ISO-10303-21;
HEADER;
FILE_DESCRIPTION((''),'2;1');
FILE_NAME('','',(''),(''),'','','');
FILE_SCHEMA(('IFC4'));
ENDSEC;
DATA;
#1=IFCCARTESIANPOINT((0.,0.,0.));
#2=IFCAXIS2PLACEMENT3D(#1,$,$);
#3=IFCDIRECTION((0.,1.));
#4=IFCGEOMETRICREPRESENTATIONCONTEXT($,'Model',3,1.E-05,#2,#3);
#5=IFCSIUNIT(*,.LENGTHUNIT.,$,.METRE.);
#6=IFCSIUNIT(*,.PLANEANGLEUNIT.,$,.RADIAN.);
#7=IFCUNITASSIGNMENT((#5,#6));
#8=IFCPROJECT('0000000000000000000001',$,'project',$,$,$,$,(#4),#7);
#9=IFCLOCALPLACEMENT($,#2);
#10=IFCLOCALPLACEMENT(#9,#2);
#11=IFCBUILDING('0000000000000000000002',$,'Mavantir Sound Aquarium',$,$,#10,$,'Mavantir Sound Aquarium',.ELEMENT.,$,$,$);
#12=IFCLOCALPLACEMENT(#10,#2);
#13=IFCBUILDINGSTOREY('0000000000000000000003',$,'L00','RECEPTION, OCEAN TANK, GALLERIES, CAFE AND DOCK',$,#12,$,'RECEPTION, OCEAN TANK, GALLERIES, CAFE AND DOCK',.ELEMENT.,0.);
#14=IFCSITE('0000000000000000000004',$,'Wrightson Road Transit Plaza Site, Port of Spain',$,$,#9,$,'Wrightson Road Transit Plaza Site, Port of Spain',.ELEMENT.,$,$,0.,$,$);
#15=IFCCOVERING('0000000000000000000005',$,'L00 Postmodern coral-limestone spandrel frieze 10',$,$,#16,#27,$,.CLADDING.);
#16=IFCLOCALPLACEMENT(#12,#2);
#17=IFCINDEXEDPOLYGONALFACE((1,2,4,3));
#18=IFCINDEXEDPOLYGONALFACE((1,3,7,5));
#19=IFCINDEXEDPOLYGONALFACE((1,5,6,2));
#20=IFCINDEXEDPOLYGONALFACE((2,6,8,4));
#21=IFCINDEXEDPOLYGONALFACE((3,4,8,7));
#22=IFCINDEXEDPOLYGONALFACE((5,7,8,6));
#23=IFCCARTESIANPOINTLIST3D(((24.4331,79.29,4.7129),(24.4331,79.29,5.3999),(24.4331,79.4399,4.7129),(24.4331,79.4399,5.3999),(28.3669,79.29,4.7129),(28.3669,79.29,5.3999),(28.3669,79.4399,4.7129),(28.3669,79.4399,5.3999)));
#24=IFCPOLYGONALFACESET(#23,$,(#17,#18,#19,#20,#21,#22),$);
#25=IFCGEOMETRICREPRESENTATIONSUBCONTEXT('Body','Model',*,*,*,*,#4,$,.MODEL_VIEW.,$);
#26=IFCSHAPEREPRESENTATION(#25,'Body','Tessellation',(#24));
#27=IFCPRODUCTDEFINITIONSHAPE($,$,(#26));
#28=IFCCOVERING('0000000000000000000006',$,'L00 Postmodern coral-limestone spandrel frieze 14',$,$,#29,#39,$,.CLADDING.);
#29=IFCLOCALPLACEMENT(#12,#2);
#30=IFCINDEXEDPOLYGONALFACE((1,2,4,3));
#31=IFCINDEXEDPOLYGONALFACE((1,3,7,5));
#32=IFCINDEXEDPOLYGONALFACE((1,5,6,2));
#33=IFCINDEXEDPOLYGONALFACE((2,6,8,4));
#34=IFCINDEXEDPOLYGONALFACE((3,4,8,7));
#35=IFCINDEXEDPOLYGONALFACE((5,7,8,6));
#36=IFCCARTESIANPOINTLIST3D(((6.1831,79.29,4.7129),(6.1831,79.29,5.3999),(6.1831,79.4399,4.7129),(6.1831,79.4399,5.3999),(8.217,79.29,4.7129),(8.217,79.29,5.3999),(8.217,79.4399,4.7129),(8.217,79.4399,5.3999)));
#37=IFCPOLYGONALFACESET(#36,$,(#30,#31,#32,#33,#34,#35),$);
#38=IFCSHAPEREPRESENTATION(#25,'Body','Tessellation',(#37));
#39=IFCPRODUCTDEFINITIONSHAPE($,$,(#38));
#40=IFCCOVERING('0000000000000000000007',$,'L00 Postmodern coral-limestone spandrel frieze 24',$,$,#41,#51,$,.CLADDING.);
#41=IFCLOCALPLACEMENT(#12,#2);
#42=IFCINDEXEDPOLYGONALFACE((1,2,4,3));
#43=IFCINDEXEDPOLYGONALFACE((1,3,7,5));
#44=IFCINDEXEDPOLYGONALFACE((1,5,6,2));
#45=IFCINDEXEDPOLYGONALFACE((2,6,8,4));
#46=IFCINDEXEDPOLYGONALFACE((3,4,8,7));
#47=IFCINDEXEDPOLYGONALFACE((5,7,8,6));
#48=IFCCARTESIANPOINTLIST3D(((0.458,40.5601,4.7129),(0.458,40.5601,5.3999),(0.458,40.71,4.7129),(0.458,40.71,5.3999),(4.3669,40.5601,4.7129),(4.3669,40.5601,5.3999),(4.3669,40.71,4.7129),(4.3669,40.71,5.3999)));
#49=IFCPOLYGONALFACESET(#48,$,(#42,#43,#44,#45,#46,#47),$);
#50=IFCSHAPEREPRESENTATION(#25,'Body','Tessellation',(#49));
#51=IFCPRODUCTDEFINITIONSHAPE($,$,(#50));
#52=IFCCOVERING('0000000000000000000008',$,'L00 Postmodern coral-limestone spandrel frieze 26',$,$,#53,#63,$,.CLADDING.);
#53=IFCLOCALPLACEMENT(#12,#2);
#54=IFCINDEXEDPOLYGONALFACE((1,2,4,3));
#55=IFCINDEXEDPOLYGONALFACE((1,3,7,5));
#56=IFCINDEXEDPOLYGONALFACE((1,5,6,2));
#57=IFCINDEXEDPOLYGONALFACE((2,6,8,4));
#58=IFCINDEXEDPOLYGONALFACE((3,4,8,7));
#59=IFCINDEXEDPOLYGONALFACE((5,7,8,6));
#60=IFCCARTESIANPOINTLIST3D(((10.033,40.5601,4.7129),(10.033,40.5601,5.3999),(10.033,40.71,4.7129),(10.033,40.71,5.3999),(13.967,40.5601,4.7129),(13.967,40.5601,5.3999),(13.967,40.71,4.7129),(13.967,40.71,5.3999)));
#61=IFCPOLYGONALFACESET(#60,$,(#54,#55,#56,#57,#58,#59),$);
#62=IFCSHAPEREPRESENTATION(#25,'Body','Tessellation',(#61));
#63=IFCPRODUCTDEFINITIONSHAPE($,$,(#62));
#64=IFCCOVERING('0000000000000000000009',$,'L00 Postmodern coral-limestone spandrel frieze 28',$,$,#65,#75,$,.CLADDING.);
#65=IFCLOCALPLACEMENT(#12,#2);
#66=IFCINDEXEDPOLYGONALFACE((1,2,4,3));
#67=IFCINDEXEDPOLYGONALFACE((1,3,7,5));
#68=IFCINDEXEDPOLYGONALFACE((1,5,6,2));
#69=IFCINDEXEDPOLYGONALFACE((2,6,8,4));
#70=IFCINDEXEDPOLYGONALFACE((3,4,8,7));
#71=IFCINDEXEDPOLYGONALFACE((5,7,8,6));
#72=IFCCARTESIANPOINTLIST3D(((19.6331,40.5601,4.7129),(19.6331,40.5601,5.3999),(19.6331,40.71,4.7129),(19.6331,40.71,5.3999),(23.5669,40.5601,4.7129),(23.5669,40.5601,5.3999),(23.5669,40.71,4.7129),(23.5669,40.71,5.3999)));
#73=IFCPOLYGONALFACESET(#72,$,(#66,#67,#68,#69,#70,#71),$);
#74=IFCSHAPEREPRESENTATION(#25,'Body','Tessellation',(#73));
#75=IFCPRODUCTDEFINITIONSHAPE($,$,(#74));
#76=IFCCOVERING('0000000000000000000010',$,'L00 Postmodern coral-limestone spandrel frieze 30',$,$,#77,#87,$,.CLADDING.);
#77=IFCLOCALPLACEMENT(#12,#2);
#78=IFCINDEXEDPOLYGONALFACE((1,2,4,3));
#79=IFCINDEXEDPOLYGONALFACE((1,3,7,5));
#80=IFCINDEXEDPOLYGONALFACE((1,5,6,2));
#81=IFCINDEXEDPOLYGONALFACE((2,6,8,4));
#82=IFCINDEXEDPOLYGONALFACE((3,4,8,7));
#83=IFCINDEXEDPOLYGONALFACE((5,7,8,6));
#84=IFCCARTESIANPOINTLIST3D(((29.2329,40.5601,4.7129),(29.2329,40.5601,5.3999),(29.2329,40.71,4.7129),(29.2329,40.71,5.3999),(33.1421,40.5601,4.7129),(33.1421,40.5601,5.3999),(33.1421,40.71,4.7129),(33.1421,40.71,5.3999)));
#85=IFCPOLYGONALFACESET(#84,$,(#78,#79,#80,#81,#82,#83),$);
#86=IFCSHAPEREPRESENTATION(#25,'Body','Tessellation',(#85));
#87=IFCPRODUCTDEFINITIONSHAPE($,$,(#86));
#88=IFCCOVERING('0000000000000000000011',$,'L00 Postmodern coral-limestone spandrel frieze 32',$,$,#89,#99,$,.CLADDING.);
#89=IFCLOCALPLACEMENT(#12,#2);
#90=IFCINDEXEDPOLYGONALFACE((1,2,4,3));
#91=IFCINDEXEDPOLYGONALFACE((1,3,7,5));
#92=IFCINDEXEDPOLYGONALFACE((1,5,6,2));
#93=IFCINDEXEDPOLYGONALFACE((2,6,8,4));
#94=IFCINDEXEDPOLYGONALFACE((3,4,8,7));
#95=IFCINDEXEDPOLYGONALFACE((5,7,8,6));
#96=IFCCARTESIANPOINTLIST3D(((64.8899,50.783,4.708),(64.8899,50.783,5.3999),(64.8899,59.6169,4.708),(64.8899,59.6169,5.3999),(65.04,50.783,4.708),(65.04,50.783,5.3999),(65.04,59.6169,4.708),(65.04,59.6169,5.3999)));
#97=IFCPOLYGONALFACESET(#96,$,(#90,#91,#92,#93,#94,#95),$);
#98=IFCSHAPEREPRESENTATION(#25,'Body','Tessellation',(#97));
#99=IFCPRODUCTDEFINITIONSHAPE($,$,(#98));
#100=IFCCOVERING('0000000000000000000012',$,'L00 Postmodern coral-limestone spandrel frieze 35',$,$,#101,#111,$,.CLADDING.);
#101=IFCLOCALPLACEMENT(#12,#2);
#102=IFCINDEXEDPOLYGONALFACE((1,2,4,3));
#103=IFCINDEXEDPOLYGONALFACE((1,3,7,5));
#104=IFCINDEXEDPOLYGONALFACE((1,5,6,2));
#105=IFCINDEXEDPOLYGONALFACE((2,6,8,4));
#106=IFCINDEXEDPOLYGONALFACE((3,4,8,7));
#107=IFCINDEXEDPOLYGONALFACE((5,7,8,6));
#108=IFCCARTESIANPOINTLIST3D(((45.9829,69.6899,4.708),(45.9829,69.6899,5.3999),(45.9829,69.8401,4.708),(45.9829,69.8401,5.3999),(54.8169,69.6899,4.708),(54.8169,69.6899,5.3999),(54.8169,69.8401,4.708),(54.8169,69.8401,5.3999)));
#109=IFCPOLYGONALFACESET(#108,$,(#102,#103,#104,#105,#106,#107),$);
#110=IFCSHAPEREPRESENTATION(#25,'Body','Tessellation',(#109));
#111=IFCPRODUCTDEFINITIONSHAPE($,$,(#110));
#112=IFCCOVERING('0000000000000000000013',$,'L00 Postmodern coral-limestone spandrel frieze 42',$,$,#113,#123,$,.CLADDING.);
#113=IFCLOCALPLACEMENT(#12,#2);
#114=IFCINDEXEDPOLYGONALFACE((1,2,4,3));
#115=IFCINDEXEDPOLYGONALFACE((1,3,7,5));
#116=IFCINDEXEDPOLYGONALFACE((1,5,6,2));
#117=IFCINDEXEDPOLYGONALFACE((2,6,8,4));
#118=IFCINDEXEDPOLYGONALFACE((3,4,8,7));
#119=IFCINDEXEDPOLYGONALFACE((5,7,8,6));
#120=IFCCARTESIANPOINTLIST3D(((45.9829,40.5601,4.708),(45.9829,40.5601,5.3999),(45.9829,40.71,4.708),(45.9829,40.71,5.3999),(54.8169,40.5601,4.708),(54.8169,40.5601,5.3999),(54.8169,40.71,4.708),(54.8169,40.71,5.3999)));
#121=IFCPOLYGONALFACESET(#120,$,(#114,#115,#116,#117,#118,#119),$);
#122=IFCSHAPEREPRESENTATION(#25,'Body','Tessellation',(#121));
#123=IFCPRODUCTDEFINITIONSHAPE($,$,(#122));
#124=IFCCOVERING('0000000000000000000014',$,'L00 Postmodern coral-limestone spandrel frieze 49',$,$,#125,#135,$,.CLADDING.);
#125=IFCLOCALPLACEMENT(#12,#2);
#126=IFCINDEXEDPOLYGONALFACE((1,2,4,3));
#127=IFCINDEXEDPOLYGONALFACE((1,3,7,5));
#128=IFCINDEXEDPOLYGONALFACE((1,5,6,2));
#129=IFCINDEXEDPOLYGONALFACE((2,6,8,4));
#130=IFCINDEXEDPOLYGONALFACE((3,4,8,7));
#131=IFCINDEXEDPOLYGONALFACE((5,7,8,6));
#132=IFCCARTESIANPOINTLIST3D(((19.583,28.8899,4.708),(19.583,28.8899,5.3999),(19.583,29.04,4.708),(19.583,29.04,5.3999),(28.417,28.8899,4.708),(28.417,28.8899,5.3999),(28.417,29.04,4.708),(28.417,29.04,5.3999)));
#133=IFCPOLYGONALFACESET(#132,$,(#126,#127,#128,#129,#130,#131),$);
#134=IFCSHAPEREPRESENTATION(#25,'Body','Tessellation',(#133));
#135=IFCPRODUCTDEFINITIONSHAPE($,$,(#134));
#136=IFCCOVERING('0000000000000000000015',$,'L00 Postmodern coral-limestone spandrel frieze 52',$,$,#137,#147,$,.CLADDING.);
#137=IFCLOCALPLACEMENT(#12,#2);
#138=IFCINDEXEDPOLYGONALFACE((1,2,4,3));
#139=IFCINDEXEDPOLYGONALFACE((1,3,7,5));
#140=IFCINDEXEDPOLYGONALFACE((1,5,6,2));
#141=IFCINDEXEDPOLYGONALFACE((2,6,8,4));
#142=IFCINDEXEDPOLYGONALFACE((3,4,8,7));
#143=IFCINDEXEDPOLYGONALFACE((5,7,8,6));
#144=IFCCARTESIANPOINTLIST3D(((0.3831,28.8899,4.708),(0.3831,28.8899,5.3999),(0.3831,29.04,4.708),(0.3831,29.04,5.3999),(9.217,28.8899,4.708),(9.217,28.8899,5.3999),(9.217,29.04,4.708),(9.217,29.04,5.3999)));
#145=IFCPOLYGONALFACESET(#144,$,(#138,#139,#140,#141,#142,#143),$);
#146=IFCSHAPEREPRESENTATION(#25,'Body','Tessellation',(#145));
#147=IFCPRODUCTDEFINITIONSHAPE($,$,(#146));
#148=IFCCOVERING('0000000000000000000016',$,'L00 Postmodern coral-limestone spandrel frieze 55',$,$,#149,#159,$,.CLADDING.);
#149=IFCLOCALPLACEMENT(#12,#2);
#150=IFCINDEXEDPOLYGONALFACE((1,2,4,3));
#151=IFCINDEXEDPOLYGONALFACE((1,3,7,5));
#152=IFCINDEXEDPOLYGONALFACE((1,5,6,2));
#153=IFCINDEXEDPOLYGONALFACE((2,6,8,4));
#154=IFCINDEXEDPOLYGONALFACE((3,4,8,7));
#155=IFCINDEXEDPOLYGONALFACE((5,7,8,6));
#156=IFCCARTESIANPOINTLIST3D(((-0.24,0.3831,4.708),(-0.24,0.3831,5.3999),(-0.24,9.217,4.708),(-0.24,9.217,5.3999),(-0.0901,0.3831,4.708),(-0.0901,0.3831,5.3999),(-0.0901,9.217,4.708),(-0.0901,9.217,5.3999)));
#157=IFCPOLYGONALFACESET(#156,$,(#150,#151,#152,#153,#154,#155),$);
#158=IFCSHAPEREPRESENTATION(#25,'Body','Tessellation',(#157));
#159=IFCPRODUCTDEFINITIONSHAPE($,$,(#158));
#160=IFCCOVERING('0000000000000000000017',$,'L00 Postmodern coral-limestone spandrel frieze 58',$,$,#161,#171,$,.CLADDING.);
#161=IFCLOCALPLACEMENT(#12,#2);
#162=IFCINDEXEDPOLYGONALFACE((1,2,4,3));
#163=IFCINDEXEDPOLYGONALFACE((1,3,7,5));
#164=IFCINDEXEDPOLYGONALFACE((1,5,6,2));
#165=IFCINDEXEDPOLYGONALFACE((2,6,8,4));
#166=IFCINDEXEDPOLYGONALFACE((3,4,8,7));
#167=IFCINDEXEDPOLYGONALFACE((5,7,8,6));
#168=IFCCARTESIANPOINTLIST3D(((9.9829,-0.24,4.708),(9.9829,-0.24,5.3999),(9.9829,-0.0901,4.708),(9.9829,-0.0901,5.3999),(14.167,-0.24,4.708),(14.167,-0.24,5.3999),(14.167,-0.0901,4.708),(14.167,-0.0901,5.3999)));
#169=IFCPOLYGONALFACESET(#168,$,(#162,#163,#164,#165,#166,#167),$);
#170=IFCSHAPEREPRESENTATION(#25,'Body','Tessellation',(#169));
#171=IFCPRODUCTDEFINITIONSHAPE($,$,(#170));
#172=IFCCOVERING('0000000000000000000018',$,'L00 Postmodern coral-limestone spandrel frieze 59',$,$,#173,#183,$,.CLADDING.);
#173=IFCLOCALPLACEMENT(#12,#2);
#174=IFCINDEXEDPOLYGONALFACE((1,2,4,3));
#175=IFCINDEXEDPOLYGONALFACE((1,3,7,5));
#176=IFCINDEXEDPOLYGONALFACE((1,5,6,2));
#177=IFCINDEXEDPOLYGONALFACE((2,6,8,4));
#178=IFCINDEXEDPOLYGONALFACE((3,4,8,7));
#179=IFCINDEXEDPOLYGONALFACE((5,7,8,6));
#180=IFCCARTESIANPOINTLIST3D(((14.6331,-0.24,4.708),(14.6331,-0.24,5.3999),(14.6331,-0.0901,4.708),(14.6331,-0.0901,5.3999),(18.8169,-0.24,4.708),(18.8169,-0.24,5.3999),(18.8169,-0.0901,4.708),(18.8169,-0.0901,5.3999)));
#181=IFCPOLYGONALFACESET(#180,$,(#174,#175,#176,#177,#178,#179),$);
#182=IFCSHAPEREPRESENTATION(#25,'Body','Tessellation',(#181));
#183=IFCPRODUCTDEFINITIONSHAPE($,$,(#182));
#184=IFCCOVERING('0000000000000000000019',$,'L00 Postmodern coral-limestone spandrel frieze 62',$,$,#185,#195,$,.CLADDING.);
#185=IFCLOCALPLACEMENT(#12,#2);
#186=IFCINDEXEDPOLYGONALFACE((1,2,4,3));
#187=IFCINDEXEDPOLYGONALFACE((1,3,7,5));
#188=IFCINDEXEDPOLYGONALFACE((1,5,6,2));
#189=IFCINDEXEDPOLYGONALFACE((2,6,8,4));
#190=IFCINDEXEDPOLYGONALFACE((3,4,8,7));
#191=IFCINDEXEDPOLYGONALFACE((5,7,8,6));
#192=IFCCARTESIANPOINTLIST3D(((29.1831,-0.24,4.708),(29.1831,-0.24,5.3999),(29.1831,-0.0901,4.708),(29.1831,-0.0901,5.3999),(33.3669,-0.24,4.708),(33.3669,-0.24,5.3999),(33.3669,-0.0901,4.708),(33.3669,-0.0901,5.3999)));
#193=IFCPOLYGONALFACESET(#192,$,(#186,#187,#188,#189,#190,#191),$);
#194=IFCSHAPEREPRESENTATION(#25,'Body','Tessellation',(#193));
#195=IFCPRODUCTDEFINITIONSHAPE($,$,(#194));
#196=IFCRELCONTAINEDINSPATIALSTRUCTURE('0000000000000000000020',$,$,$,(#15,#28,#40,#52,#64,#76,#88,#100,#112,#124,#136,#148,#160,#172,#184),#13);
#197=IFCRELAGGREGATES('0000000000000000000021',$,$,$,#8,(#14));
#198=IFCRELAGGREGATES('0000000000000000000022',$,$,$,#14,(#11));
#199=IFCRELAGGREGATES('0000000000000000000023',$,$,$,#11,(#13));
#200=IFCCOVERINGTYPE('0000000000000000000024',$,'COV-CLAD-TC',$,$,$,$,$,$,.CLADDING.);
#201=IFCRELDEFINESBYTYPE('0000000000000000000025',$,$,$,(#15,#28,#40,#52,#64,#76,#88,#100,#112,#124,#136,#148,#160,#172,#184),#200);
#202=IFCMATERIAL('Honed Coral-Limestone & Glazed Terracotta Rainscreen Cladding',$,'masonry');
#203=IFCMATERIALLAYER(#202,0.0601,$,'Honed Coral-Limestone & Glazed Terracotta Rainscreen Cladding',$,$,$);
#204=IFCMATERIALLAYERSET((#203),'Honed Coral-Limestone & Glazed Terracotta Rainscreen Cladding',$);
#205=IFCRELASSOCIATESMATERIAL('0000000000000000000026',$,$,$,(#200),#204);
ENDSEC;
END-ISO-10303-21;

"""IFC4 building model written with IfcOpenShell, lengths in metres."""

from ifc_helpers import new_model, si_unit, direction, frame, origin, place, context, subcontext, project, spatial, polyline, outline, extrude, material, layer, layer_set, type_object, element, save


model = new_model("IFC4")

# Units and contexts
model_context = context("Model", 3, precision=1e-05, world=origin(), true_north=direction((0.0, 1.0)))
body_context = subcontext(model_context, "Body", "Model", "MODEL_VIEW")
ifc_project = project(units=[si_unit("LENGTHUNIT", "METRE"), si_unit("PLANEANGLEUNIT", "RADIAN")], contexts=[model_context])

# Site, building, storey
site_placement = place(None, origin())
site = spatial("IfcSite", under=ifc_project, at=site_placement, Name="Wrightson Road Transit Plaza Site, Port of Spain", LongName="Wrightson Road Transit Plaza Site, Port of Spain", CompositionType="ELEMENT", RefElevation=0.0)
building_placement = place(site_placement, origin())
building = spatial("IfcBuilding", under=site, at=building_placement, Name="Mavantir Sound Aquarium", LongName="Mavantir Sound Aquarium", CompositionType="ELEMENT")
storey_placement = place(building_placement, origin())
storey = spatial("IfcBuildingStorey", under=building, at=storey_placement, Name="L00", Description="RECEPTION, OCEAN TANK, GALLERIES, CAFE AND DOCK", LongName="RECEPTION, OCEAN TANK, GALLERIES, CAFE AND DOCK", CompositionType="ELEMENT", Elevation=0.0)

# Coverings
ifc_material = material(Name="Honed Coral-Limestone & Glazed Terracotta Rainscreen Cladding", Category="masonry")
ifc_layer = layer(ifc_material, 0.0601, Name="Honed Coral-Limestone & Glazed Terracotta Rainscreen Cladding")
ifc_layer_set = layer_set([ifc_layer], Name="Honed Coral-Limestone & Glazed Terracotta Rainscreen Cladding")
covering_type = type_object("IfcCoveringType", Name="COV-CLAD-TC", PredefinedType="CLADDING", material=ifc_layer_set)
covering_1_placement = place(storey_placement, frame((0.0, 0.0, 4.7129)))
element("IfcCovering", 1, at=covering_1_placement, inside=storey, type_object=covering_type, Name="L00 Postmodern coral-limestone spandrel frieze 10", PredefinedType="CLADDING", context=body_context, shape_type="SweptSolid", body=[
    extrude(outline(polyline([(28.3669, 79.29), (24.4331, 79.29), (24.4331, 79.4399), (28.3669, 79.4399), (28.3669, 79.29)])), origin(), (0.0, 0.0, 1.0), 0.687),
])
covering_2_placement = place(storey_placement, frame((0.0, 0.0, 4.7129)))
element("IfcCovering", 2, at=covering_2_placement, inside=storey, type_object=covering_type, Name="L00 Postmodern coral-limestone spandrel frieze 14", PredefinedType="CLADDING", context=body_context, shape_type="SweptSolid", body=[
    extrude(outline(polyline([(8.217, 79.29), (6.1831, 79.29), (6.1831, 79.4399), (8.217, 79.4399), (8.217, 79.29)])), origin(), (0.0, 0.0, 1.0), 0.687),
])
covering_3_placement = place(storey_placement, frame((0.0, 0.0, 4.7129)))
element("IfcCovering", 3, at=covering_3_placement, inside=storey, type_object=covering_type, Name="L00 Postmodern coral-limestone spandrel frieze 24", PredefinedType="CLADDING", context=body_context, shape_type="SweptSolid", body=[
    extrude(outline(polyline([(0.458, 40.71), (4.3669, 40.71), (4.3669, 40.5601), (0.458, 40.5601), (0.458, 40.71)])), origin(), (0.0, 0.0, 1.0), 0.687),
])
covering_4_placement = place(storey_placement, frame((0.0, 0.0, 4.7129)))
element("IfcCovering", 4, at=covering_4_placement, inside=storey, type_object=covering_type, Name="L00 Postmodern coral-limestone spandrel frieze 26", PredefinedType="CLADDING", context=body_context, shape_type="SweptSolid", body=[
    extrude(outline(polyline([(10.033, 40.71), (13.967, 40.71), (13.967, 40.5601), (10.033, 40.5601), (10.033, 40.71)])), origin(), (0.0, 0.0, 1.0), 0.687),
])
covering_5_placement = place(storey_placement, frame((0.0, 0.0, 4.7129)))
element("IfcCovering", 5, at=covering_5_placement, inside=storey, type_object=covering_type, Name="L00 Postmodern coral-limestone spandrel frieze 28", PredefinedType="CLADDING", context=body_context, shape_type="SweptSolid", body=[
    extrude(outline(polyline([(19.6331, 40.71), (23.5669, 40.71), (23.5669, 40.5601), (19.6331, 40.5601), (19.6331, 40.71)])), origin(), (0.0, 0.0, 1.0), 0.687),
])
covering_6_placement = place(storey_placement, frame((0.0, 0.0, 4.7129)))
element("IfcCovering", 6, at=covering_6_placement, inside=storey, type_object=covering_type, Name="L00 Postmodern coral-limestone spandrel frieze 30", PredefinedType="CLADDING", context=body_context, shape_type="SweptSolid", body=[
    extrude(outline(polyline([(29.2329, 40.71), (33.1421, 40.71), (33.1421, 40.5601), (29.2329, 40.5601), (29.2329, 40.71)])), origin(), (0.0, 0.0, 1.0), 0.687),
])
covering_7_placement = place(storey_placement, frame((0.0, 0.0, 4.708)))
element("IfcCovering", 7, at=covering_7_placement, inside=storey, type_object=covering_type, Name="L00 Postmodern coral-limestone spandrel frieze 32", PredefinedType="CLADDING", context=body_context, shape_type="SweptSolid", body=[
    extrude(outline(polyline([(64.8899, 50.783), (64.8899, 59.6169), (65.04, 59.6169), (65.04, 50.783), (64.8899, 50.783)])), origin(), (0.0, 0.0, 1.0), 0.6919),
])
covering_8_placement = place(storey_placement, frame((0.0, 0.0, 4.708)))
element("IfcCovering", 8, at=covering_8_placement, inside=storey, type_object=covering_type, Name="L00 Postmodern coral-limestone spandrel frieze 35", PredefinedType="CLADDING", context=body_context, shape_type="SweptSolid", body=[
    extrude(outline(polyline([(54.8169, 69.6899), (45.9829, 69.6899), (45.9829, 69.8401), (54.8169, 69.8401), (54.8169, 69.6899)])), origin(), (0.0, 0.0, 1.0), 0.6919),
])
covering_9_placement = place(storey_placement, frame((0.0, 0.0, 4.708)))
element("IfcCovering", 9, at=covering_9_placement, inside=storey, type_object=covering_type, Name="L00 Postmodern coral-limestone spandrel frieze 42", PredefinedType="CLADDING", context=body_context, shape_type="SweptSolid", body=[
    extrude(outline(polyline([(45.9829, 40.71), (54.8169, 40.71), (54.8169, 40.5601), (45.9829, 40.5601), (45.9829, 40.71)])), origin(), (0.0, 0.0, 1.0), 0.6919),
])
covering_10_placement = place(storey_placement, frame((0.0, 0.0, 4.708)))
element("IfcCovering", 10, at=covering_10_placement, inside=storey, type_object=covering_type, Name="L00 Postmodern coral-limestone spandrel frieze 49", PredefinedType="CLADDING", context=body_context, shape_type="SweptSolid", body=[
    extrude(outline(polyline([(28.417, 28.8899), (19.583, 28.8899), (19.583, 29.04), (28.417, 29.04), (28.417, 28.8899)])), origin(), (0.0, 0.0, 1.0), 0.6919),
])
covering_11_placement = place(storey_placement, frame((0.0, 0.0, 4.708)))
element("IfcCovering", 11, at=covering_11_placement, inside=storey, type_object=covering_type, Name="L00 Postmodern coral-limestone spandrel frieze 52", PredefinedType="CLADDING", context=body_context, shape_type="SweptSolid", body=[
    extrude(outline(polyline([(9.217, 28.8899), (0.3831, 28.8899), (0.3831, 29.04), (9.217, 29.04), (9.217, 28.8899)])), origin(), (0.0, 0.0, 1.0), 0.6919),
])
covering_12_placement = place(storey_placement, frame((0.0, 0.0, 4.708)))
element("IfcCovering", 12, at=covering_12_placement, inside=storey, type_object=covering_type, Name="L00 Postmodern coral-limestone spandrel frieze 55", PredefinedType="CLADDING", context=body_context, shape_type="SweptSolid", body=[
    extrude(outline(polyline([(-0.0901, 9.217), (-0.0901, 0.3831), (-0.24, 0.3831), (-0.24, 9.217), (-0.0901, 9.217)])), origin(), (0.0, 0.0, 1.0), 0.6919),
])
covering_13_placement = place(storey_placement, frame((0.0, 0.0, 4.708)))
element("IfcCovering", 13, at=covering_13_placement, inside=storey, type_object=covering_type, Name="L00 Postmodern coral-limestone spandrel frieze 58", PredefinedType="CLADDING", context=body_context, shape_type="SweptSolid", body=[
    extrude(outline(polyline([(9.9829, -0.0901), (14.167, -0.0901), (14.167, -0.24), (9.9829, -0.24), (9.9829, -0.0901)])), origin(), (0.0, 0.0, 1.0), 0.6919),
])
covering_14_placement = place(storey_placement, frame((0.0, 0.0, 4.708)))
element("IfcCovering", 14, at=covering_14_placement, inside=storey, type_object=covering_type, Name="L00 Postmodern coral-limestone spandrel frieze 59", PredefinedType="CLADDING", context=body_context, shape_type="SweptSolid", body=[
    extrude(outline(polyline([(14.6331, -0.0901), (18.8169, -0.0901), (18.8169, -0.24), (14.6331, -0.24), (14.6331, -0.0901)])), origin(), (0.0, 0.0, 1.0), 0.6919),
])
covering_15_placement = place(storey_placement, frame((0.0, 0.0, 4.708)))
element("IfcCovering", 15, at=covering_15_placement, inside=storey, type_object=covering_type, Name="L00 Postmodern coral-limestone spandrel frieze 62", PredefinedType="CLADDING", context=body_context, shape_type="SweptSolid", body=[
    extrude(outline(polyline([(29.1831, -0.0901), (33.3669, -0.0901), (33.3669, -0.24), (29.1831, -0.24), (29.1831, -0.0901)])), origin(), (0.0, 0.0, 1.0), 0.6919),
])

save(model, "model.ifc")
